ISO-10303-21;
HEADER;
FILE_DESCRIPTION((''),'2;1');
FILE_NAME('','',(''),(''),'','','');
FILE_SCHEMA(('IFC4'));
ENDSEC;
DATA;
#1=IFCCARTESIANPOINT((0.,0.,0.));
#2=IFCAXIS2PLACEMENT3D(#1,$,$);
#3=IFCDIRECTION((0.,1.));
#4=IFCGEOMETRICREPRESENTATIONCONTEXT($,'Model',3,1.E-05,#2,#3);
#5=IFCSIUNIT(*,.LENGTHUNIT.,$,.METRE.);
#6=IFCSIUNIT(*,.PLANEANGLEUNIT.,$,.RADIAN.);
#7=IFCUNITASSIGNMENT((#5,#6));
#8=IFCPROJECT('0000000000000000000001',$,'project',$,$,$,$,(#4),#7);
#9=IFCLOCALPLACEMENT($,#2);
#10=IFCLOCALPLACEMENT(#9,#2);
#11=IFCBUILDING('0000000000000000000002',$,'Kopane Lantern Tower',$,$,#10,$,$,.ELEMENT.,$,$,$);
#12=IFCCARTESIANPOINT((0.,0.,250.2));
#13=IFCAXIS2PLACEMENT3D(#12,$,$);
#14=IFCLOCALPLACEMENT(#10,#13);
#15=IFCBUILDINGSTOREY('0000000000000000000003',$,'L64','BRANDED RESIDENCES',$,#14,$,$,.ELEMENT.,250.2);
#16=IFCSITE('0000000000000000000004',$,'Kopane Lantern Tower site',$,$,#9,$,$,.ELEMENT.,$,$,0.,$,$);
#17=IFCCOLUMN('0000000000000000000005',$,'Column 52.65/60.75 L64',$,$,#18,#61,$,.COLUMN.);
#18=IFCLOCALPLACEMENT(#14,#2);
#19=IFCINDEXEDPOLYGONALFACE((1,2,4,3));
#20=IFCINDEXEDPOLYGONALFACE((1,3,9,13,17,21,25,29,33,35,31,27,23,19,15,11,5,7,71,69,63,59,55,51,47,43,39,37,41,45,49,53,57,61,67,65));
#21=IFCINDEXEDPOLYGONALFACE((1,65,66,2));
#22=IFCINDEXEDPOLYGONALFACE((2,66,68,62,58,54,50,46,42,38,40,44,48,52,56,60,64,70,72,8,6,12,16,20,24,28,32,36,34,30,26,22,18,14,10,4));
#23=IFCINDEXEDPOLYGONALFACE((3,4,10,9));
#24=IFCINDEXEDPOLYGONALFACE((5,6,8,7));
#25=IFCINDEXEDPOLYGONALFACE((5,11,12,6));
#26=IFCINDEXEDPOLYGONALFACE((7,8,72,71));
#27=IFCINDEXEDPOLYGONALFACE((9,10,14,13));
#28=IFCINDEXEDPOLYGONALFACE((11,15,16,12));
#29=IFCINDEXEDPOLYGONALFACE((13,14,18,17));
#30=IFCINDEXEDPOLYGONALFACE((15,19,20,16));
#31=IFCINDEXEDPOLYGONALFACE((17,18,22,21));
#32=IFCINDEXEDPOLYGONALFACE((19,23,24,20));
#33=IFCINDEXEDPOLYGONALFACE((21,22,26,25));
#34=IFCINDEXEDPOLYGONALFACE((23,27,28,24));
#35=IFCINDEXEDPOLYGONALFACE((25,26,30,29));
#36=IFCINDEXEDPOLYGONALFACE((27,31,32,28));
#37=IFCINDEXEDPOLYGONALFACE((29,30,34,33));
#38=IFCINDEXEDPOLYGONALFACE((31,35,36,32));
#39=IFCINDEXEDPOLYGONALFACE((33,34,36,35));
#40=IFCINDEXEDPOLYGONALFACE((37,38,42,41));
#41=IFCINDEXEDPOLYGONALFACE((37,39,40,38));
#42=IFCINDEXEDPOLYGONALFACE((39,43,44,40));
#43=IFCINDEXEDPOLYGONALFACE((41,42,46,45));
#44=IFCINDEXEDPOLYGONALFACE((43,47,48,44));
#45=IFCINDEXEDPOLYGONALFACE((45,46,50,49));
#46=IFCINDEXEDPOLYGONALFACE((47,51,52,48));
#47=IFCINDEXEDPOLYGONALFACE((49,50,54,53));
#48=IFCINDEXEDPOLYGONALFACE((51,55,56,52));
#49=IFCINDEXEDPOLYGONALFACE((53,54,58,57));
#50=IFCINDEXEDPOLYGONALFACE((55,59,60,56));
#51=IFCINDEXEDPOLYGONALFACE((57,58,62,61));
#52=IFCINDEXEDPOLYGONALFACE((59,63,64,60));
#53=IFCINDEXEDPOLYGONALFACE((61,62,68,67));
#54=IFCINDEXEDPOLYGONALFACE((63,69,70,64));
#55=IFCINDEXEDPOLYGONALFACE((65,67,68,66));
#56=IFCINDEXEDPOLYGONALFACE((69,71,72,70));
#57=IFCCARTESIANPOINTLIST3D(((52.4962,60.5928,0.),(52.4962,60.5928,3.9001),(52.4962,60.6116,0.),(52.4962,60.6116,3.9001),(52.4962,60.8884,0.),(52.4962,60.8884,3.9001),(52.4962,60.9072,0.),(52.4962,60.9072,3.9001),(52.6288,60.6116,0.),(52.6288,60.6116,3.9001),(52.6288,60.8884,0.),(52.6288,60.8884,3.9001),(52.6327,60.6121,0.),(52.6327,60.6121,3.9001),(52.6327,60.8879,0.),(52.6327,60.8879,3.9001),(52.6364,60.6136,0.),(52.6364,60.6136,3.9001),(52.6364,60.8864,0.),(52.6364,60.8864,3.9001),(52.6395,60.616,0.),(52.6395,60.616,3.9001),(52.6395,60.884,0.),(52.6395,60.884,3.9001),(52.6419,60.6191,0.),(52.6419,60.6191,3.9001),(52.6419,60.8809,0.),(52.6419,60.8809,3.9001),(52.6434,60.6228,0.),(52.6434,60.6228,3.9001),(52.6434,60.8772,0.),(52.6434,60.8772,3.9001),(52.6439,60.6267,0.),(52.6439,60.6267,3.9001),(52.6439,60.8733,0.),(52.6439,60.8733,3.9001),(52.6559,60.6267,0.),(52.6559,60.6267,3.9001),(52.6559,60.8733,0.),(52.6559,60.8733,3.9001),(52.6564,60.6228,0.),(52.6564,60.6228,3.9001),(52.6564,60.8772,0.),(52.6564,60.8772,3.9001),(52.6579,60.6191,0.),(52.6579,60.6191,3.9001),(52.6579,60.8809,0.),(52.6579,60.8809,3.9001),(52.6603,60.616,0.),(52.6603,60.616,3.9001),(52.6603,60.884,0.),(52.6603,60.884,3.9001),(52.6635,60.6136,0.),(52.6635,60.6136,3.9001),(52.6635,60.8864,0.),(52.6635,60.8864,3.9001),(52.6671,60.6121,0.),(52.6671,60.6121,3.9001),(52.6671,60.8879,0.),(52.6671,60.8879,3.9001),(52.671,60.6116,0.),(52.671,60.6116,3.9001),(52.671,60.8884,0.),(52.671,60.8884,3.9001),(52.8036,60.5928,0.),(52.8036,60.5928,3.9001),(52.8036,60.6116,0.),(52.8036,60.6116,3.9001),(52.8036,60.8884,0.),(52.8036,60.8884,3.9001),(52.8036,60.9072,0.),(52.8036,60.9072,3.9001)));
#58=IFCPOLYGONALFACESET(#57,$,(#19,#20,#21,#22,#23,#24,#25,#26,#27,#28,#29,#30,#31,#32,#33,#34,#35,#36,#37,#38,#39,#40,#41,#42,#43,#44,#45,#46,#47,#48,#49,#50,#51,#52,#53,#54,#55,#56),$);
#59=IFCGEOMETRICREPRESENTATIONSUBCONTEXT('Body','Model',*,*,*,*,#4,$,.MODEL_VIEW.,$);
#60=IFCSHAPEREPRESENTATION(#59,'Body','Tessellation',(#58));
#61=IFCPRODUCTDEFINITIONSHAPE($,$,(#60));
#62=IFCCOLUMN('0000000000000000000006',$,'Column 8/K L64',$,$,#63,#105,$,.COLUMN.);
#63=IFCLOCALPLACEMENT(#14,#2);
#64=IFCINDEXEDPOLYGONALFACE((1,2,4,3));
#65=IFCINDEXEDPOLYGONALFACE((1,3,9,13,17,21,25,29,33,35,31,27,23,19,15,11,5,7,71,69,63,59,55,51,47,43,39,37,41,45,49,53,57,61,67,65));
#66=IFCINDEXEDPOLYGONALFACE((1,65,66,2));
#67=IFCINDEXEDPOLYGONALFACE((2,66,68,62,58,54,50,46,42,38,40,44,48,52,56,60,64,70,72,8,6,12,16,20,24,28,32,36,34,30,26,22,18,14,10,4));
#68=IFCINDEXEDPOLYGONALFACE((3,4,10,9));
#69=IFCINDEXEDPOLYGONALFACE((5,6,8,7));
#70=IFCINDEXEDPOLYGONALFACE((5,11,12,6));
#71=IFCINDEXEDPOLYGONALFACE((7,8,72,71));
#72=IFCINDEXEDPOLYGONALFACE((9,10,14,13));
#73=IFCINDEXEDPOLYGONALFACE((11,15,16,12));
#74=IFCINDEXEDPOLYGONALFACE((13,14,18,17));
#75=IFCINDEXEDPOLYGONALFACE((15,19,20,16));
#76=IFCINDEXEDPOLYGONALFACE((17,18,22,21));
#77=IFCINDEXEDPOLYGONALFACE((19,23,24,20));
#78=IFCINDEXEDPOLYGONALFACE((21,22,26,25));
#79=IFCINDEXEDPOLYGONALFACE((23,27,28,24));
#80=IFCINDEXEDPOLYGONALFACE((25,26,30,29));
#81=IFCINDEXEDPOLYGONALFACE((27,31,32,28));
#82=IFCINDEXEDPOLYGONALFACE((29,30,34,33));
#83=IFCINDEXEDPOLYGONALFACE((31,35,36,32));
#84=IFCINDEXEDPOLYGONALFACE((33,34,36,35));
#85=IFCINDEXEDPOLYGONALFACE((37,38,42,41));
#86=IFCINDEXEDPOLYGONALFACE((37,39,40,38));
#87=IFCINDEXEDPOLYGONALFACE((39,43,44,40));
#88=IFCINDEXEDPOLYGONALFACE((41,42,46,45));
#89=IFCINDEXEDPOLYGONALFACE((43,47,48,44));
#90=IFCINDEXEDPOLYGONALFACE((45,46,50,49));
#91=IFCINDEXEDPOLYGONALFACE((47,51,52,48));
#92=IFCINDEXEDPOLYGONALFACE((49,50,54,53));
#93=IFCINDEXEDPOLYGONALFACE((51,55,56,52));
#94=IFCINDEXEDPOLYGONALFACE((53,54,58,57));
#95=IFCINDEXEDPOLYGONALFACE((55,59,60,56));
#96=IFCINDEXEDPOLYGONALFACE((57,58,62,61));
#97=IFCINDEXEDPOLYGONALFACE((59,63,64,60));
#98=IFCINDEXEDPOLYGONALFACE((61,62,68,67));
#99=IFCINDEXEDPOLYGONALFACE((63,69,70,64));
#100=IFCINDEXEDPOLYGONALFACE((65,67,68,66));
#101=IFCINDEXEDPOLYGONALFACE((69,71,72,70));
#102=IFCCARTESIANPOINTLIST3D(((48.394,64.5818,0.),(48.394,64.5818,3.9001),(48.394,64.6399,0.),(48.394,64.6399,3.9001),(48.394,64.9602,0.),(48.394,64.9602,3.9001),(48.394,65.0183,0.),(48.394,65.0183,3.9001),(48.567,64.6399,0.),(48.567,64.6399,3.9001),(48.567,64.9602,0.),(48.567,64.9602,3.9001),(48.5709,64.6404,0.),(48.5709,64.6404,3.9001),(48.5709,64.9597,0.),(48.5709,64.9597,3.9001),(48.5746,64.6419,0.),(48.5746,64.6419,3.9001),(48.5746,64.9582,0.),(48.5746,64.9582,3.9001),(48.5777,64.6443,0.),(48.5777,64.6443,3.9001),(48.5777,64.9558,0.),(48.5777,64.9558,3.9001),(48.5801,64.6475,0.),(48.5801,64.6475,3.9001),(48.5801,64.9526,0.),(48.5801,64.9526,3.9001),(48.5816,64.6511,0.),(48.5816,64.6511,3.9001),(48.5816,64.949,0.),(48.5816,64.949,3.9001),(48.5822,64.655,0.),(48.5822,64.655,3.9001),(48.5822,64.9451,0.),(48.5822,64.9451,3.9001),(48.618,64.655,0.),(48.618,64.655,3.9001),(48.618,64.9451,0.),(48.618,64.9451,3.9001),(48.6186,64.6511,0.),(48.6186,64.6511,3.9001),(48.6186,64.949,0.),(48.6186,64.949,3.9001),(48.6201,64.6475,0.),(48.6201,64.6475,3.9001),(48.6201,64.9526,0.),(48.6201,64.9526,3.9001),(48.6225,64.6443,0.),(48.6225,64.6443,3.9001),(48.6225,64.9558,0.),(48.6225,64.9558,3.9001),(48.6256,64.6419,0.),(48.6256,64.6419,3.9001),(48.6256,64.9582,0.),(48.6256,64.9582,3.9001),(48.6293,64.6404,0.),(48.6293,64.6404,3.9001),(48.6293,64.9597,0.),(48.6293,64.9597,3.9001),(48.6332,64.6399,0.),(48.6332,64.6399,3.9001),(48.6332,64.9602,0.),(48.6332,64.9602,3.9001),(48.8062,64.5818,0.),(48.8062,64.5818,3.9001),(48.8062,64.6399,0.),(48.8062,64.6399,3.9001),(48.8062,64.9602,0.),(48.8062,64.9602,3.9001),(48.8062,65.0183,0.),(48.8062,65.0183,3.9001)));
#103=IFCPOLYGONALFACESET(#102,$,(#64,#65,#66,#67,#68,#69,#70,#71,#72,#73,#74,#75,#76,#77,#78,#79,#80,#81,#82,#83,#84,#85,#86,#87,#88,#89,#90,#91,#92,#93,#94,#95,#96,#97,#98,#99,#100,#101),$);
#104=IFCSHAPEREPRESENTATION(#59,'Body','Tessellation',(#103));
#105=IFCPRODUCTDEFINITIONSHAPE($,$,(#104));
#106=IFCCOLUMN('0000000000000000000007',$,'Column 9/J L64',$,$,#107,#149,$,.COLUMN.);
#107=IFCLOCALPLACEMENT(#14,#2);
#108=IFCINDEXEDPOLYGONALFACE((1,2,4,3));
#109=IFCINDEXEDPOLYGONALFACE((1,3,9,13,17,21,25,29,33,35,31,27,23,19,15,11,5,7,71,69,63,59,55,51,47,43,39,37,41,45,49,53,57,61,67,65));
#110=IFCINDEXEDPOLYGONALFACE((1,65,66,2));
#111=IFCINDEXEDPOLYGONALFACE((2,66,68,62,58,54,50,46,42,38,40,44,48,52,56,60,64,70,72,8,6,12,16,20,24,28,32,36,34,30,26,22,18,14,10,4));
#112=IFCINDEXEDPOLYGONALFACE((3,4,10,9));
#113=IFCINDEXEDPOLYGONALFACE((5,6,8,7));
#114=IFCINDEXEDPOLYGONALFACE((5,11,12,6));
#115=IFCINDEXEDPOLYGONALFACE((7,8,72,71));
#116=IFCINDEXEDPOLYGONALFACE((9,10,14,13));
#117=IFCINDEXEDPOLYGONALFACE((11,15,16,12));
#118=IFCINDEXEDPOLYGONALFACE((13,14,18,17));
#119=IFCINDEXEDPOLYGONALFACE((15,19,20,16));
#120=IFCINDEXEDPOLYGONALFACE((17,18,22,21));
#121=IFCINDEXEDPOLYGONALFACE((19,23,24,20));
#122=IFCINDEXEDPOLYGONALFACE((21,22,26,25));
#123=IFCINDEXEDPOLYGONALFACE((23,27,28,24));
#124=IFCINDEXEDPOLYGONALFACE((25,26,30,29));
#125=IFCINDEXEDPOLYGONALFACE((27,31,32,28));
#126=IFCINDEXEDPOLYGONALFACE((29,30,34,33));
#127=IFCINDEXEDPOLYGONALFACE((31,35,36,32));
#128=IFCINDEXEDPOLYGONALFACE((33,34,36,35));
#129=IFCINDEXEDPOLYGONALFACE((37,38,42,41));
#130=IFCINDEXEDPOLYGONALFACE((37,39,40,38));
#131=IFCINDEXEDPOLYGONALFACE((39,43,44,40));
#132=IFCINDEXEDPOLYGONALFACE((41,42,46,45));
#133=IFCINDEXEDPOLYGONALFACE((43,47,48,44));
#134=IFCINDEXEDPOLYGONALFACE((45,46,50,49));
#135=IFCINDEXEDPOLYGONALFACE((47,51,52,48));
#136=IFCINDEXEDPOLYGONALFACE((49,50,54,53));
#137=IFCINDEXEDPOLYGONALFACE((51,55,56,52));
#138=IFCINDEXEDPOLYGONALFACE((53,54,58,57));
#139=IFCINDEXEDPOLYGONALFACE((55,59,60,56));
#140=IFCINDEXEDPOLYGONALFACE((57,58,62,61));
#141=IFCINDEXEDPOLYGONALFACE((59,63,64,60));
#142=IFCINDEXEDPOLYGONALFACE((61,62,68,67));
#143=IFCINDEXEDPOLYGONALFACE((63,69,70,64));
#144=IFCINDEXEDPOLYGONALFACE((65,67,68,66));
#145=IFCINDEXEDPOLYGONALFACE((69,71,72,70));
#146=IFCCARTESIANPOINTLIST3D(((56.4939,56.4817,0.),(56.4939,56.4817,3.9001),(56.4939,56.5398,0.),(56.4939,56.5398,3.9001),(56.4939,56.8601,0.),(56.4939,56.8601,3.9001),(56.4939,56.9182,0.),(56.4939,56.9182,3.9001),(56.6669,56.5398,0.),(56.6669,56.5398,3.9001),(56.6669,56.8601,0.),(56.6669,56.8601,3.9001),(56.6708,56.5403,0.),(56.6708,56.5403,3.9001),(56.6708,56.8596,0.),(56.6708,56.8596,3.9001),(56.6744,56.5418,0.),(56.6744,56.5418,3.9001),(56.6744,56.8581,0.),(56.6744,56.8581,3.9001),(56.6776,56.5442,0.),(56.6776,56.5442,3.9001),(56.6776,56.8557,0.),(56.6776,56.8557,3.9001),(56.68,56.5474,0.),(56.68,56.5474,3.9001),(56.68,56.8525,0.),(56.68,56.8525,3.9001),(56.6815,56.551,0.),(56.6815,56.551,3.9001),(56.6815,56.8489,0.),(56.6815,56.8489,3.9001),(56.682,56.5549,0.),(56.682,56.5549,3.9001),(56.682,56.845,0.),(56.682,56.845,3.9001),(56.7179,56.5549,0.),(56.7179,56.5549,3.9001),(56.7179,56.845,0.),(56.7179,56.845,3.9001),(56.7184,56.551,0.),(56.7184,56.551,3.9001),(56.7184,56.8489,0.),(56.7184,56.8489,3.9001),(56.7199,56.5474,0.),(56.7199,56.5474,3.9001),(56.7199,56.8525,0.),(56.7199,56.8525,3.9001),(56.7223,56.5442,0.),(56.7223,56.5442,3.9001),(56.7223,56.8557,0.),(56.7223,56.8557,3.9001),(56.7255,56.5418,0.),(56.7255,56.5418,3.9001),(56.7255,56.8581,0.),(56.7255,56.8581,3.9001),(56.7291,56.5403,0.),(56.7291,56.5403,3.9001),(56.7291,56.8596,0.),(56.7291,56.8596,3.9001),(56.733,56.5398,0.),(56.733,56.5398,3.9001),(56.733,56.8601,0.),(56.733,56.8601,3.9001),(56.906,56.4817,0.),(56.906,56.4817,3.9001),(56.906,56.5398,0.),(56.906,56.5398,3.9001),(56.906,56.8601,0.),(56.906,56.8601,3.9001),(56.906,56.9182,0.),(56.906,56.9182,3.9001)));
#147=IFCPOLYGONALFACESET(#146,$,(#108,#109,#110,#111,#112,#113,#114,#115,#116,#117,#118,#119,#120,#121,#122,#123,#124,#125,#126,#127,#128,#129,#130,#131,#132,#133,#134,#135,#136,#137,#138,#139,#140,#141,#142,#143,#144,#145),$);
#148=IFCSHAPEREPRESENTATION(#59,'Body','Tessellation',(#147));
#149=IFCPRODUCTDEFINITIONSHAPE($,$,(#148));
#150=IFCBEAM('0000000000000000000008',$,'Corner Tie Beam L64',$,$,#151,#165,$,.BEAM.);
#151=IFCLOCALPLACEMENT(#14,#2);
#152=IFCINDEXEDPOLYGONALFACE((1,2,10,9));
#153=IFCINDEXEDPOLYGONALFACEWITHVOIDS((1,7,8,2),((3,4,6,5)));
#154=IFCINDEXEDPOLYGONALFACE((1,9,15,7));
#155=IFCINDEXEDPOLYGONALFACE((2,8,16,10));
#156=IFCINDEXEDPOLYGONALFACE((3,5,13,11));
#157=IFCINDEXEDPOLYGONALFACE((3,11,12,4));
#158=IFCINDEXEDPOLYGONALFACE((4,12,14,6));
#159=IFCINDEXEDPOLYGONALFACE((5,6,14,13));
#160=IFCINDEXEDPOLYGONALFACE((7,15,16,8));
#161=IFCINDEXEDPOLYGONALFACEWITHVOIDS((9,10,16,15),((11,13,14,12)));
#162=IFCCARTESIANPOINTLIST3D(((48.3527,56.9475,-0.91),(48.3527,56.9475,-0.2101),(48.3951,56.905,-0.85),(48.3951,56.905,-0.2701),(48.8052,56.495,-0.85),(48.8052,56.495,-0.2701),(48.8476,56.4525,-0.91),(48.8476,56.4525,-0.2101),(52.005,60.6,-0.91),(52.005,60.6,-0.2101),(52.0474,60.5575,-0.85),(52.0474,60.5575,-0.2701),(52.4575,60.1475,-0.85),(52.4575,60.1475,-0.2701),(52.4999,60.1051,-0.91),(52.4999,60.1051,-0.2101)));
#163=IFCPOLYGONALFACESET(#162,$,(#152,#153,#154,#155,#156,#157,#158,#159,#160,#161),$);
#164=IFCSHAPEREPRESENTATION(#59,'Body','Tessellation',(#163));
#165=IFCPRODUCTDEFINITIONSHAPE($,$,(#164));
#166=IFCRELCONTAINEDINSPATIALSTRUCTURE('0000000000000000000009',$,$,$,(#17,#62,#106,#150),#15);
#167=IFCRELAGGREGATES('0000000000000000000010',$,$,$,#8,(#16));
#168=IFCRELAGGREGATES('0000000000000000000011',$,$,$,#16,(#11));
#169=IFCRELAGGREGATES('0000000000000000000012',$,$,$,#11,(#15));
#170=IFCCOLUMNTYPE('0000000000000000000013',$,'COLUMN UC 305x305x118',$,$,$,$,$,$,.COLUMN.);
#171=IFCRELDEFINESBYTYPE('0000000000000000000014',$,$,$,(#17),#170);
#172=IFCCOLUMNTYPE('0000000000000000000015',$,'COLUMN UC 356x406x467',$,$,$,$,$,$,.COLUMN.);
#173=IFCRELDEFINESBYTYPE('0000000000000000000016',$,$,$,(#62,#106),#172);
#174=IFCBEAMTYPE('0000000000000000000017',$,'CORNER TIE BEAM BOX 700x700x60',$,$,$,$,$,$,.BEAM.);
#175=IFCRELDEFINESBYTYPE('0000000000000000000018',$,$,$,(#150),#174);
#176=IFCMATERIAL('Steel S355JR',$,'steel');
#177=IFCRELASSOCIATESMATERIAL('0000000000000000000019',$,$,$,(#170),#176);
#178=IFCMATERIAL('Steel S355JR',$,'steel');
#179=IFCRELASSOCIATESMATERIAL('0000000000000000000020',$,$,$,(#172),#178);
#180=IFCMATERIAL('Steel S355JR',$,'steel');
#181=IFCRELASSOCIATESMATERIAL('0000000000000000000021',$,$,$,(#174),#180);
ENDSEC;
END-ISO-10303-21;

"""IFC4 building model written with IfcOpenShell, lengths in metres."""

from ifc_helpers import new_model, si_unit, direction, frame, origin, origin_2d, place, context, subcontext, project, spatial, hollow_rectangle, i_section, extrude, material, material_profile, profile_set, type_object, element, save


model = new_model("IFC4")

# Units and contexts
model_context = context("Model", 3, precision=1e-05, world=origin(), true_north=direction((0.0, 1.0)))
body_context = subcontext(model_context, "Body", "Model", "MODEL_VIEW")
ifc_project = project(units=[si_unit("LENGTHUNIT", "METRE"), si_unit("PLANEANGLEUNIT", "RADIAN")], contexts=[model_context])

# Site, building, storey
site_placement = place(None, origin())
site = spatial("IfcSite", under=ifc_project, at=site_placement, Name="Kopane Lantern Tower site", CompositionType="ELEMENT", RefElevation=0.0)
building_placement = place(site_placement, origin())
building = spatial("IfcBuilding", under=site, at=building_placement, Name="Kopane Lantern Tower", CompositionType="ELEMENT")
storey_placement = place(building_placement, frame((0.0, 0.0, 250.2)))
storey = spatial("IfcBuildingStorey", under=building, at=storey_placement, Name="L64", Description="BRANDED RESIDENCES", CompositionType="ELEMENT", Elevation=250.2)

# Columns
ifc_material_1 = material(Name="Steel S355JR", Category="steel")
ifc_material_profile_1 = material_profile(ifc_material_1, i_section(OverallWidth=0.3074, OverallDepth=0.3145, WebThickness=0.012, FlangeThickness=0.0188, FilletRadius=0.0151, at=origin_2d()), Name="UC 305x305x118")
ifc_profile_set_1 = profile_set([ifc_material_profile_1], Name="Steel S355JR")
column_type_1 = type_object("IfcColumnType", Name="COLUMN UC 305x305x118", PredefinedType="COLUMN", material=ifc_profile_set_1)
column_placement = place(storey_placement, frame((52.6499, 60.75, 0.0), z_axis=(0.0, 0.0, 1.0), x_axis=(1.0, 0.0, 0.0)))
element("IfcColumn", 1, at=column_placement, inside=storey, type_object=column_type_1, Name="Column 52.65/60.75 L64", PredefinedType="COLUMN", context=body_context, shape_type="SweptSolid", body=[
    extrude(i_section(OverallWidth=0.3074, OverallDepth=0.3145, WebThickness=0.012, FlangeThickness=0.0188, FilletRadius=0.0151, at=origin_2d()), origin(), (0.0, 0.0, 1.0), 3.9001),
])
ifc_material_2 = material(Name="Steel S355JR", Category="steel")
ifc_material_profile_2 = material_profile(ifc_material_2, i_section(OverallWidth=0.4121, OverallDepth=0.4365, WebThickness=0.0359, FlangeThickness=0.0581, FilletRadius=0.0151, at=origin_2d()), Name="UC 356x406x467")
ifc_profile_set_2 = profile_set([ifc_material_profile_2], Name="Steel S355JR")
column_type_2 = type_object("IfcColumnType", Name="COLUMN UC 356x406x467", PredefinedType="COLUMN", material=ifc_profile_set_2)
for number, where, z_axis, x_axis, name in (
    (2, (48.6001, 64.8, 0.0), (0.0, 0.0, 1.0), (1.0, 0.0, 0.0), "Column 8/K L64"),
    (3, (56.7, 56.7, 0.0), (0.0, 0.0, 1.0), (1.0, 0.0, 0.0), "Column 9/J L64"),
):
    element("IfcColumn", number, at=place(storey_placement, frame(where, z_axis=z_axis, x_axis=x_axis)), inside=storey, type_object=column_type_2, Name=name, PredefinedType="COLUMN", context=body_context, shape_type="SweptSolid", body=[
        extrude(i_section(OverallWidth=0.4121, OverallDepth=0.4365, WebThickness=0.0359, FlangeThickness=0.0581, FilletRadius=0.0151, at=origin_2d()), origin(), (0.0, 0.0, 1.0), 3.9001),
    ])

# Beam
ifc_material_3 = material(Name="Steel S355JR", Category="steel")
ifc_material_profile_3 = material_profile(ifc_material_3, hollow_rectangle(XDim=0.7, YDim=0.7, WallThickness=0.0601, at=origin_2d()), Name="BOX 700x700x60")
ifc_profile_set_3 = profile_set([ifc_material_profile_3], Name="Steel S355JR")
beam_type_1 = type_object("IfcBeamType", Name="CORNER TIE BEAM BOX 700x700x60", PredefinedType="BEAM", material=ifc_profile_set_3)
beam_1_placement = place(storey_placement, frame((52.2524, 60.3525, -0.5601), z_axis=(-0.707083, -0.70713, 0.0), x_axis=(0.70713, -0.707083, 0.0)))
element("IfcBeam", 4, at=beam_1_placement, inside=storey, type_object=beam_type_1, Name="Corner Tie Beam L64", PredefinedType="BEAM", context=body_context, shape_type="SweptSolid", body=[
    extrude(hollow_rectangle(XDim=0.7, YDim=0.7, WallThickness=0.0601, at=origin_2d()), origin(), (0.0, 0.0, 1.0), 5.1653),
])

save(model, "model.ifc")
